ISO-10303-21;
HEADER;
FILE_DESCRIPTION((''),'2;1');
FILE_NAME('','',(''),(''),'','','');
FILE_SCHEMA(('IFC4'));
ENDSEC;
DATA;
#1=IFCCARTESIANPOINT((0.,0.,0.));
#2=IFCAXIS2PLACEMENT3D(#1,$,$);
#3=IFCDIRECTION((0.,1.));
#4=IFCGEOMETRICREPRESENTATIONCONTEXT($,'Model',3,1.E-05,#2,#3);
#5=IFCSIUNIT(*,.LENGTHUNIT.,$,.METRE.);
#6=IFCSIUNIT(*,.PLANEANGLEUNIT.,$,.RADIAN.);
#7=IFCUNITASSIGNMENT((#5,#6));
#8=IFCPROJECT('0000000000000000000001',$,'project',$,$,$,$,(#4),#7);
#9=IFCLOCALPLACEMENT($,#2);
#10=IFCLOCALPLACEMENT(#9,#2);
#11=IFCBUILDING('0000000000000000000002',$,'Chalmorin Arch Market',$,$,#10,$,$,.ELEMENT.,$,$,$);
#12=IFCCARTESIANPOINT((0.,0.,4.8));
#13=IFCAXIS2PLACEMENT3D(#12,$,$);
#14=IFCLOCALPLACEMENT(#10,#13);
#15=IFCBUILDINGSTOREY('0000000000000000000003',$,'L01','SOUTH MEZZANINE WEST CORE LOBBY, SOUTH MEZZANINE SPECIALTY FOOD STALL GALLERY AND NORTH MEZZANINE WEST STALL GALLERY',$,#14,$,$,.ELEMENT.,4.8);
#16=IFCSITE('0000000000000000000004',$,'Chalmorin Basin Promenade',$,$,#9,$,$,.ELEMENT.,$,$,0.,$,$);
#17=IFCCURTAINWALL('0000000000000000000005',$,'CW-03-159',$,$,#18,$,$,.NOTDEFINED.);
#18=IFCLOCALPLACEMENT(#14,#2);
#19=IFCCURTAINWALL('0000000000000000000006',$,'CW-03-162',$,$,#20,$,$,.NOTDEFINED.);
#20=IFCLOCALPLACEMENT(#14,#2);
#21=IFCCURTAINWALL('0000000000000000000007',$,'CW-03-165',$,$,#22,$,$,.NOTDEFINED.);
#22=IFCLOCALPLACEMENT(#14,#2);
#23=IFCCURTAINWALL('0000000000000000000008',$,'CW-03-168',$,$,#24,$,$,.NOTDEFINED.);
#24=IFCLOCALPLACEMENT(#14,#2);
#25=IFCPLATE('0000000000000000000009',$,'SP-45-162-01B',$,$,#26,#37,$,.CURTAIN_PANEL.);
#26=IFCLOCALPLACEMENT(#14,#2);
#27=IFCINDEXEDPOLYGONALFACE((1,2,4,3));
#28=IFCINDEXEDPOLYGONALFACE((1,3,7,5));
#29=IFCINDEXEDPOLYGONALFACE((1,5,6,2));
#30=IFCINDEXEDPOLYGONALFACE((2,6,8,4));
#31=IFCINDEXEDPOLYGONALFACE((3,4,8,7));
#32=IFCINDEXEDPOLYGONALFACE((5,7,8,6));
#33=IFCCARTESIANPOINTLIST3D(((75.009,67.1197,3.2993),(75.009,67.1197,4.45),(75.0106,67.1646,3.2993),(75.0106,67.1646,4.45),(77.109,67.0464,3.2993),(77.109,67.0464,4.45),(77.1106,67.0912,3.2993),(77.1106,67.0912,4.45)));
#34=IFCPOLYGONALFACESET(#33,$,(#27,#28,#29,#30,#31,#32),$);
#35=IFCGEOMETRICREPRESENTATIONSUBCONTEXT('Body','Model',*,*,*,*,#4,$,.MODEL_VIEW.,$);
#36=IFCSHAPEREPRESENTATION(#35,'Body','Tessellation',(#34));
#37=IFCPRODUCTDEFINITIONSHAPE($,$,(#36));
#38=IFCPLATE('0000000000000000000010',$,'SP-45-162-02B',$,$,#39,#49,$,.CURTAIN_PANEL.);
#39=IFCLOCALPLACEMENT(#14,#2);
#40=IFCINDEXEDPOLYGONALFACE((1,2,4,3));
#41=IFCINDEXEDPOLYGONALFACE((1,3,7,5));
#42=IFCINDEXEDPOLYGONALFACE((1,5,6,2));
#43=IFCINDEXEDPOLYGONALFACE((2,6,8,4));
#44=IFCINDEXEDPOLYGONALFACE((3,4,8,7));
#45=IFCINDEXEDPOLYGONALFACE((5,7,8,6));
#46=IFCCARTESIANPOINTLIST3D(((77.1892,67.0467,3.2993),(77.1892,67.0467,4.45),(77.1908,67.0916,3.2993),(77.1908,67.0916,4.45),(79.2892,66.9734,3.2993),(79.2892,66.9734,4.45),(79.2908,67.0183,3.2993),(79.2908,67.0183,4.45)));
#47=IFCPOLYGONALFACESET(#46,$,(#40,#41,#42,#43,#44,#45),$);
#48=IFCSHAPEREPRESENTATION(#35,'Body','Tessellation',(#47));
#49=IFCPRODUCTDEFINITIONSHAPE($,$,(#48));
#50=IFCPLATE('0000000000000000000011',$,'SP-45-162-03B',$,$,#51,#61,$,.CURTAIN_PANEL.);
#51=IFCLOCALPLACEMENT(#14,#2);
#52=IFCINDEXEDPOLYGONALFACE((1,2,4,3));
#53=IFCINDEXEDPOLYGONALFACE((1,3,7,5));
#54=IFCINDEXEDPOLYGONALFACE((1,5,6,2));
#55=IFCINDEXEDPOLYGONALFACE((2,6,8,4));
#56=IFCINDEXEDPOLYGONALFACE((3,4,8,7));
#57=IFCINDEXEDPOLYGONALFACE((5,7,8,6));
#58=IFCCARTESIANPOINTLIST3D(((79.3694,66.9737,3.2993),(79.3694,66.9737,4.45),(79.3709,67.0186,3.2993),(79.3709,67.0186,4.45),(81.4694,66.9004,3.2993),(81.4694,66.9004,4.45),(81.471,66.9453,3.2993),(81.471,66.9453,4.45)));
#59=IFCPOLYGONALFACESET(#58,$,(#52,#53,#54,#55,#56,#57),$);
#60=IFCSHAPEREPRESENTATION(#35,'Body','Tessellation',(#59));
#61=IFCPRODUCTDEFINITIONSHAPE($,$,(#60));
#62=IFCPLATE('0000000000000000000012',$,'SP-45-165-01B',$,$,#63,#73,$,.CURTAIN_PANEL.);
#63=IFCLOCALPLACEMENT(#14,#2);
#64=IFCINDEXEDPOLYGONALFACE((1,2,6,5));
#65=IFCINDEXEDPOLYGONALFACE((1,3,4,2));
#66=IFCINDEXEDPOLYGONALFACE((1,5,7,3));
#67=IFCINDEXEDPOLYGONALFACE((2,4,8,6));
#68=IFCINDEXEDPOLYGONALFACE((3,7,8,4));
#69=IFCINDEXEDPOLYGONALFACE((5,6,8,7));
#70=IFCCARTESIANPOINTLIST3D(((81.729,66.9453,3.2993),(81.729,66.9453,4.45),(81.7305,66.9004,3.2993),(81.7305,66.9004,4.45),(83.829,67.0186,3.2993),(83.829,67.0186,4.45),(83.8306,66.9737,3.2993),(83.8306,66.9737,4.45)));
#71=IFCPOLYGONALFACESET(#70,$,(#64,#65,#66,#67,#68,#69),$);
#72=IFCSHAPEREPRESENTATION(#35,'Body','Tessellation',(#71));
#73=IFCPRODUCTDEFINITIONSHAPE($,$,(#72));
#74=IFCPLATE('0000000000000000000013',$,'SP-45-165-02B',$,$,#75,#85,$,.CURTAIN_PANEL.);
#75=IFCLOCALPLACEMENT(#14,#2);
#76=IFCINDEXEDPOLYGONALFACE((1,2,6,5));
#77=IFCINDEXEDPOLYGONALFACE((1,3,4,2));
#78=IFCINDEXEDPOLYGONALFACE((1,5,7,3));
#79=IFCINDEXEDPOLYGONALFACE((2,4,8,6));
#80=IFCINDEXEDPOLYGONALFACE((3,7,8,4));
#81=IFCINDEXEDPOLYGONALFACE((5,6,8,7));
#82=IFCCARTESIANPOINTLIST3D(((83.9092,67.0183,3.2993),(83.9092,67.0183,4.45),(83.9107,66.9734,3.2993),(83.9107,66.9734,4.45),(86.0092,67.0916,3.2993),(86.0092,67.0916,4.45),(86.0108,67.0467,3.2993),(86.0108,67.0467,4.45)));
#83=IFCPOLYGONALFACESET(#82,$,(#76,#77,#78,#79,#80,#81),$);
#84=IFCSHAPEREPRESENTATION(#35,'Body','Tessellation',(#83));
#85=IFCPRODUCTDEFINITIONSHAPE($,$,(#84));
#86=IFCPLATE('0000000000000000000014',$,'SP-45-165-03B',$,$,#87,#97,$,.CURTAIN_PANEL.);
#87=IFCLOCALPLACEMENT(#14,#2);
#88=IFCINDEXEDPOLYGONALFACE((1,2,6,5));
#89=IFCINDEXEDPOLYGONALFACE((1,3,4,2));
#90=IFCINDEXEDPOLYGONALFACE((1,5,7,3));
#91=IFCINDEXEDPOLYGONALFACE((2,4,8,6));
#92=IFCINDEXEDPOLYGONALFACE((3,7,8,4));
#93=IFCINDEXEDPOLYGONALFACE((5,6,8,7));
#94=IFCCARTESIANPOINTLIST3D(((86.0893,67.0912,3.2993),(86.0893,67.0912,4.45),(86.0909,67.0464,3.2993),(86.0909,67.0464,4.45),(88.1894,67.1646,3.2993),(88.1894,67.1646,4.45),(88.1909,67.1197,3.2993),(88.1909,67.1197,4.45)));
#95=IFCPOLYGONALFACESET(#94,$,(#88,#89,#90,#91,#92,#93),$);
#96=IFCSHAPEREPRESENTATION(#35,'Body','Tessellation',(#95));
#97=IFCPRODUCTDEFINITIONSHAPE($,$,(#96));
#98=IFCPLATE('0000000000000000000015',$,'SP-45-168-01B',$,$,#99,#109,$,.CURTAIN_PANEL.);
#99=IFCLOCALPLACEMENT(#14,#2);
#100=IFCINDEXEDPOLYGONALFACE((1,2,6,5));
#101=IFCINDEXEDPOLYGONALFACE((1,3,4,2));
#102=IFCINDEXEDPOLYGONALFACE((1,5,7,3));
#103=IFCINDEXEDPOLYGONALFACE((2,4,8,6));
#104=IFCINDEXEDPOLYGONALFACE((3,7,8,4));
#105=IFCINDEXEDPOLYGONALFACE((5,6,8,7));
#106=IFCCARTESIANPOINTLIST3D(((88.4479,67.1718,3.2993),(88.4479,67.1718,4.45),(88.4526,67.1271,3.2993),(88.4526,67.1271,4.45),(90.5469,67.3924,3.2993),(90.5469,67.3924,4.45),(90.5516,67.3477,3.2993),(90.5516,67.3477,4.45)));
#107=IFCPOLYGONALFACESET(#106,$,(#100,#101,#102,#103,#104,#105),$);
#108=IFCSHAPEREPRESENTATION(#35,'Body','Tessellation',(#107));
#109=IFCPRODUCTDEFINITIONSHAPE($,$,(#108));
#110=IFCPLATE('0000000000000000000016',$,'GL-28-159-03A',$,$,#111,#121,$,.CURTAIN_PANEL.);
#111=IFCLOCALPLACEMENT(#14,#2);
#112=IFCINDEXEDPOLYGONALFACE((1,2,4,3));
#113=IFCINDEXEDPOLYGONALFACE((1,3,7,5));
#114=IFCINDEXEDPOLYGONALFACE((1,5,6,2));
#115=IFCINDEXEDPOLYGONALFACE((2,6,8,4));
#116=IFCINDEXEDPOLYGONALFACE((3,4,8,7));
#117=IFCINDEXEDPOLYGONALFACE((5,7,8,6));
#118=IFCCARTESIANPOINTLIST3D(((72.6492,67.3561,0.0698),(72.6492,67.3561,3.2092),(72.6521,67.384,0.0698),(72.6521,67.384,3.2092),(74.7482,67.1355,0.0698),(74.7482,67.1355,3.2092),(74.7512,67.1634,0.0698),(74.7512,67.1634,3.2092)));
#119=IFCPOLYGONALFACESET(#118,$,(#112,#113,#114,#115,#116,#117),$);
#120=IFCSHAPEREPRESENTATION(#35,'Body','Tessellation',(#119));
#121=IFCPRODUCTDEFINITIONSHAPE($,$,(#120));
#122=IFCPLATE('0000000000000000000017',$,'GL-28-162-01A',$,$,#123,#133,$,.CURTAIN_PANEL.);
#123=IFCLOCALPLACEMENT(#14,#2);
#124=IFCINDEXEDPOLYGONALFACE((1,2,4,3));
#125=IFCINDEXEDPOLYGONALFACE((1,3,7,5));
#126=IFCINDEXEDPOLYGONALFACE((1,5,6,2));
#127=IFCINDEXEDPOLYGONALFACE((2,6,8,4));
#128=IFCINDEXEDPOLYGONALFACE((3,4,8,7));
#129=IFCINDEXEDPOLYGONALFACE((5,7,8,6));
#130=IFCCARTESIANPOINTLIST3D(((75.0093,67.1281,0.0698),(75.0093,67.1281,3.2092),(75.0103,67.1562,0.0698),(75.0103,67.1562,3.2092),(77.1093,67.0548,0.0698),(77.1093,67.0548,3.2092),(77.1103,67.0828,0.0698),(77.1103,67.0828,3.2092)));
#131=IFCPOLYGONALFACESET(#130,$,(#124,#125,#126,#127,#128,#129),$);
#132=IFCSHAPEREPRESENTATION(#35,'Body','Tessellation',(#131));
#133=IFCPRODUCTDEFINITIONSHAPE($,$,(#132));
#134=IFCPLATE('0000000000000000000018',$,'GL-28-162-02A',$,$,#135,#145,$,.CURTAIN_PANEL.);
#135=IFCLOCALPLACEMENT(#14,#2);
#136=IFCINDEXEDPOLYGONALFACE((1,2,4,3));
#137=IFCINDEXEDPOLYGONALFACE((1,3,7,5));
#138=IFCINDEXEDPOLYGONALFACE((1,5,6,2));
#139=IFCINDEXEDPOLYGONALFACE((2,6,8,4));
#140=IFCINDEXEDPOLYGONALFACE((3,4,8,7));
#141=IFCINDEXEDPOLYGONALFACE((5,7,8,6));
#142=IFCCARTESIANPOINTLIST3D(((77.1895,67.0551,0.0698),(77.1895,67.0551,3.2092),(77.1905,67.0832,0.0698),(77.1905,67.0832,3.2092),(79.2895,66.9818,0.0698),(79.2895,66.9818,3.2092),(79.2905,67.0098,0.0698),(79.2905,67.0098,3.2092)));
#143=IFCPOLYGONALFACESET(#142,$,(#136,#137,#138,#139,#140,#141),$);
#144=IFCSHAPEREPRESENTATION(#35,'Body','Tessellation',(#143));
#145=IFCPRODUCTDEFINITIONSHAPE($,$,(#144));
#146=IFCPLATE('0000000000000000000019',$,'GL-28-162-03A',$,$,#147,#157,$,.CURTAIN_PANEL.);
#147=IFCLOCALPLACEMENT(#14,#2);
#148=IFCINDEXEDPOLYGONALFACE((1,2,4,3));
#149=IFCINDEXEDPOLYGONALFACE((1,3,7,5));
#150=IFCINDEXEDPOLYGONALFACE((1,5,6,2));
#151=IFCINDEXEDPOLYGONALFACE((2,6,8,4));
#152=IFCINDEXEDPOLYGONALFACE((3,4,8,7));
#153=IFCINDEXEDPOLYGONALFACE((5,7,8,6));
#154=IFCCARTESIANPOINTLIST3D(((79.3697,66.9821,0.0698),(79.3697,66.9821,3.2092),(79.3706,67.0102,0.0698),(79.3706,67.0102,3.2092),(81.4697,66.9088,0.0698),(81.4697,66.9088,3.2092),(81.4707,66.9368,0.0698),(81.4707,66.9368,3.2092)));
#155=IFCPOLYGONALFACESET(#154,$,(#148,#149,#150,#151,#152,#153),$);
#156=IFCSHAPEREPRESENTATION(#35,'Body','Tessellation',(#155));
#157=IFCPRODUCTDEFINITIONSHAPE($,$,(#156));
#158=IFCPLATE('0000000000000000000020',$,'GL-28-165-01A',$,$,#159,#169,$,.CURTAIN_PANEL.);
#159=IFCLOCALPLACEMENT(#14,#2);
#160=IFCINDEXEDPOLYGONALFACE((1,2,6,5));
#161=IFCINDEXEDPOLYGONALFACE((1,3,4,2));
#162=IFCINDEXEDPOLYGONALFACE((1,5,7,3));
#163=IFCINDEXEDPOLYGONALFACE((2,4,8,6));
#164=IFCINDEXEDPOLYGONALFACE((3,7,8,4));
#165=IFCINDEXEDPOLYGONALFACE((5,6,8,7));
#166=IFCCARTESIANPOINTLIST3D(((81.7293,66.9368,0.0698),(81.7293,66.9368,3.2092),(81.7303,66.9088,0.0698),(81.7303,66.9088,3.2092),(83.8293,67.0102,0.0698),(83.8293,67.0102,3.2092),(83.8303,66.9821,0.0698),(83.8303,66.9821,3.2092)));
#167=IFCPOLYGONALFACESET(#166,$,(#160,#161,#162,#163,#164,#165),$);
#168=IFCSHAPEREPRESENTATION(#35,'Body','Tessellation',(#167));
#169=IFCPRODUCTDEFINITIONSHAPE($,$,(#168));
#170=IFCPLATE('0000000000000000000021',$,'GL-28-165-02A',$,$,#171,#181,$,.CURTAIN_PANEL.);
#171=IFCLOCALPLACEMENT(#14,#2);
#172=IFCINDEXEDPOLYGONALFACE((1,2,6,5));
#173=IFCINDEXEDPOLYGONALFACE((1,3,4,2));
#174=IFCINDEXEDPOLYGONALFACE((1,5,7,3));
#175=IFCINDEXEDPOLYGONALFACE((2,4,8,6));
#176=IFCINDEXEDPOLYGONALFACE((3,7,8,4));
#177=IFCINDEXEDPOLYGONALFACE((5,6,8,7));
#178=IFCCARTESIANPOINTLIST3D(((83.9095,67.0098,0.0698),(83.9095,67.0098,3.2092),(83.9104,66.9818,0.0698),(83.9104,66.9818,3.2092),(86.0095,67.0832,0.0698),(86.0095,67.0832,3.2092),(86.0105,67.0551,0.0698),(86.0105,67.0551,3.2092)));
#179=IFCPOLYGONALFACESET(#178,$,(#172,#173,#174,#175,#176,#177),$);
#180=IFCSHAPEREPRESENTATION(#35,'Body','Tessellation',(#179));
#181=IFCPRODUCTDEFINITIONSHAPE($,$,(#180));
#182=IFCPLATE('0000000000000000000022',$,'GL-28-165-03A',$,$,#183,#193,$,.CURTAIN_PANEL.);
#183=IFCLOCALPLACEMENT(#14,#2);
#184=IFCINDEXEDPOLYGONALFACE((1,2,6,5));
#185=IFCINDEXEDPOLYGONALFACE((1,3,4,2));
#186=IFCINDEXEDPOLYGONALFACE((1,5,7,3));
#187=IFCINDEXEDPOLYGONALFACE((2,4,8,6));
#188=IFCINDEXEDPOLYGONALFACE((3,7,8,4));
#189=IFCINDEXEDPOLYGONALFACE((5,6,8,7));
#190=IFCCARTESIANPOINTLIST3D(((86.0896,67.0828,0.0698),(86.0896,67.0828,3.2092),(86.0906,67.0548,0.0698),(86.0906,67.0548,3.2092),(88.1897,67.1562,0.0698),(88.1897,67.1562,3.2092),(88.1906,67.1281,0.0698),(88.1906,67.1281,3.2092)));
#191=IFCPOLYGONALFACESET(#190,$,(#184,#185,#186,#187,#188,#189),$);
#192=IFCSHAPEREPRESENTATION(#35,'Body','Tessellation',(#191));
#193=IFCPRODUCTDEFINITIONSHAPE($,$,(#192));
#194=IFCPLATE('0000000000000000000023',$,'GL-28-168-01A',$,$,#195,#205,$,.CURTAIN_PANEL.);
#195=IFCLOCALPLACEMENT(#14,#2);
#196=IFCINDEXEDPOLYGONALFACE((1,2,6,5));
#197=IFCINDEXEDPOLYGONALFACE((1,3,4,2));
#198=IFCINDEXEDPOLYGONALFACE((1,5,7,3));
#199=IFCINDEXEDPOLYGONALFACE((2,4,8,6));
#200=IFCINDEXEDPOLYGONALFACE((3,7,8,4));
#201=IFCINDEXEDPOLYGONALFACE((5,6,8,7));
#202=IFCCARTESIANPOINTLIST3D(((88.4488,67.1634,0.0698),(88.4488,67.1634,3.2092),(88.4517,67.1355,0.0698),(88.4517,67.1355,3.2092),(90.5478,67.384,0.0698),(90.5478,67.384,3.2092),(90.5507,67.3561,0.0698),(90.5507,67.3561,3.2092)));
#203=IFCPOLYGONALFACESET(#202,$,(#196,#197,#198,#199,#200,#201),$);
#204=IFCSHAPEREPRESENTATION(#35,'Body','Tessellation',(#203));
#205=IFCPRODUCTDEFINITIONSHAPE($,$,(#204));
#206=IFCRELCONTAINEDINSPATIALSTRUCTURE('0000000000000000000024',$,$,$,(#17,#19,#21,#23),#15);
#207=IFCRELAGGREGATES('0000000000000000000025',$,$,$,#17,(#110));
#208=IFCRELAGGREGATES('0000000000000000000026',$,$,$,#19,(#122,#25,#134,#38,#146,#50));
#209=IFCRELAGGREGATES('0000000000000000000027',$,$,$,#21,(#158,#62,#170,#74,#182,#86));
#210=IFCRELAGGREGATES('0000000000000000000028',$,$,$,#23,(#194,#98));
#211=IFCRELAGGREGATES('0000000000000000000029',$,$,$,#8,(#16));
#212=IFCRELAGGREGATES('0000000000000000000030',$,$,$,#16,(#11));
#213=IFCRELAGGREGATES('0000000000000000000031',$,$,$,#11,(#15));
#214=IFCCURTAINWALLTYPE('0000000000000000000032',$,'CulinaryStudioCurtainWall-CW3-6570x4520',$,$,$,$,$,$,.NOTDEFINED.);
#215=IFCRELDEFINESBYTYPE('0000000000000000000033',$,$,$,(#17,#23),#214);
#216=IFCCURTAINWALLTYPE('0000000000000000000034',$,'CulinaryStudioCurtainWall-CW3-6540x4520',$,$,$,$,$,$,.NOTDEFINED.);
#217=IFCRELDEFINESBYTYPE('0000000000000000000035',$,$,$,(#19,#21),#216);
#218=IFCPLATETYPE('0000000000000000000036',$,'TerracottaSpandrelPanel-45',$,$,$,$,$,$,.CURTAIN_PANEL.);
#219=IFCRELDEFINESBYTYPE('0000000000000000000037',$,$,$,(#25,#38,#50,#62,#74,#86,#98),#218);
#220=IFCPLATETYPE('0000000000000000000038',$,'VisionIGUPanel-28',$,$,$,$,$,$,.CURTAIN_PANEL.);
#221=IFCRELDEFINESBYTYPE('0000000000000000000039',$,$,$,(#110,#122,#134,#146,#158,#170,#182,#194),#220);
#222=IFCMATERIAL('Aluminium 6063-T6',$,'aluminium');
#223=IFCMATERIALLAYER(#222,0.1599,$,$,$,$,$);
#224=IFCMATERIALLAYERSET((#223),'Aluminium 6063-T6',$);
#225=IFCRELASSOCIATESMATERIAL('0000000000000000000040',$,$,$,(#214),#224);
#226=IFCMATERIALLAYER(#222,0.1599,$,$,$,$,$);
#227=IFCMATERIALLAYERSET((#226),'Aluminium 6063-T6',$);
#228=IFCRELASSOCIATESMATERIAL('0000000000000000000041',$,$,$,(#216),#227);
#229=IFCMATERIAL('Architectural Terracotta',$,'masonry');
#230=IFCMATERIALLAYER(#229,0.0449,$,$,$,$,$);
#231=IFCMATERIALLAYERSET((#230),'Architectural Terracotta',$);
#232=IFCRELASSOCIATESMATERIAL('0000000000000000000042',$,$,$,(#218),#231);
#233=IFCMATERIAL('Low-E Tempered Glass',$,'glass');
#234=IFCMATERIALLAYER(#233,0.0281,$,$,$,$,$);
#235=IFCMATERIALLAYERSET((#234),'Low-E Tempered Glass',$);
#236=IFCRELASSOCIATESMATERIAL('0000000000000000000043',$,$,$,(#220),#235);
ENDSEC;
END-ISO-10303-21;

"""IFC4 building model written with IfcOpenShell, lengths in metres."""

from ifc_helpers import new_model, si_unit, direction, frame, origin, origin_2d, place, context, subcontext, project, spatial, rectangle, extrude, material, layer, layer_set, type_object, element, aggregate, save


model = new_model("IFC4")

# Units and contexts
model_context = context("Model", 3, precision=1e-05, world=origin(), true_north=direction((0.0, 1.0)))
body_context = subcontext(model_context, "Body", "Model", "MODEL_VIEW")
ifc_project = project(units=[si_unit("LENGTHUNIT", "METRE"), si_unit("PLANEANGLEUNIT", "RADIAN")], contexts=[model_context])

# Site, building, storey
site_placement = place(None, origin())
site = spatial("IfcSite", under=ifc_project, at=site_placement, Name="Chalmorin Basin Promenade", CompositionType="ELEMENT", RefElevation=0.0)
building_placement = place(site_placement, origin())
building = spatial("IfcBuilding", under=site, at=building_placement, Name="Chalmorin Arch Market", CompositionType="ELEMENT")
storey_placement = place(building_placement, frame((0.0, 0.0, 4.8)))
storey = spatial("IfcBuildingStorey", under=building, at=storey_placement, Name="L01", Description="SOUTH MEZZANINE WEST CORE LOBBY, SOUTH MEZZANINE SPECIALTY FOOD STALL GALLERY AND NORTH MEZZANINE WEST STALL GALLERY", CompositionType="ELEMENT", Elevation=4.8)

# Curtain walls
ifc_material_1 = material(Name="Aluminium 6063-T6", Category="aluminium")
ifc_layer_1 = layer(ifc_material_1, 0.1599)
ifc_layer_set_1 = layer_set([ifc_layer_1], Name="Aluminium 6063-T6")
curtain_wall_type_1 = type_object("IfcCurtainWallType", Name="CulinaryStudioCurtainWall-CW3-6570x4520", PredefinedType="NOTDEFINED", material=ifc_layer_set_1)
curtain_wall_1_placement = place(storey_placement, origin())
curtain_wall_1 = element("IfcCurtainWall", 1, at=curtain_wall_1_placement, inside=storey, type_object=curtain_wall_type_1, Name="CW-03-159", PredefinedType="NOTDEFINED")
ifc_layer_2 = layer(ifc_material_1, 0.1599)
ifc_layer_set_2 = layer_set([ifc_layer_2], Name="Aluminium 6063-T6")
curtain_wall_type_2 = type_object("IfcCurtainWallType", Name="CulinaryStudioCurtainWall-CW3-6540x4520", PredefinedType="NOTDEFINED", material=ifc_layer_set_2)
curtain_wall_2_placement = place(storey_placement, origin())
curtain_wall_2 = element("IfcCurtainWall", 2, at=curtain_wall_2_placement, inside=storey, type_object=curtain_wall_type_2, Name="CW-03-162", PredefinedType="NOTDEFINED")
curtain_wall_3_placement = place(storey_placement, origin())
curtain_wall_3 = element("IfcCurtainWall", 3, at=curtain_wall_3_placement, inside=storey, type_object=curtain_wall_type_2, Name="CW-03-165", PredefinedType="NOTDEFINED")
curtain_wall_4_placement = place(storey_placement, origin())
curtain_wall_4 = element("IfcCurtainWall", 4, at=curtain_wall_4_placement, inside=storey, type_object=curtain_wall_type_1, Name="CW-03-168", PredefinedType="NOTDEFINED")

# Plates
ifc_material_2 = material(Name="Architectural Terracotta", Category="masonry")
ifc_layer_3 = layer(ifc_material_2, 0.0449)
ifc_layer_set_3 = layer_set([ifc_layer_3], Name="Architectural Terracotta")
plate_type_1 = type_object("IfcPlateType", Name="TerracottaSpandrelPanel-45", PredefinedType="CURTAIN_PANEL", material=ifc_layer_set_3)
plate_1_placement = place(storey_placement, frame((76.0598, 67.1055, 3.2993), z_axis=(0.0, 0.0, 1.0), x_axis=(0.999391, -0.034899, 0.0)))
plate_1 = element("IfcPlate", 5, at=plate_1_placement, type_object=plate_type_1, Name="SP-45-162-01B", PredefinedType="CURTAIN_PANEL", context=body_context, shape_type="SweptSolid", body=[
    extrude(rectangle(XDim=2.1013, YDim=0.0449, at=origin_2d()), origin(), (0.0, 0.0, 1.0), 1.1506),
])
plate_2_placement = place(storey_placement, frame((78.24, 67.0325, 3.2993), z_axis=(0.0, 0.0, 1.0), x_axis=(0.999391, -0.034899, 0.0)))
plate_2 = element("IfcPlate", 6, at=plate_2_placement, type_object=plate_type_1, Name="SP-45-162-02B", PredefinedType="CURTAIN_PANEL", context=body_context, shape_type="SweptSolid", body=[
    extrude(rectangle(XDim=2.1013, YDim=0.0449, at=origin_2d()), origin(), (0.0, 0.0, 1.0), 1.1506),
])
plate_3_placement = place(storey_placement, frame((80.4202, 66.9595, 3.2993), z_axis=(0.0, 0.0, 1.0), x_axis=(0.999391, -0.034899, 0.0)))
plate_3 = element("IfcPlate", 7, at=plate_3_placement, type_object=plate_type_1, Name="SP-45-162-03B", PredefinedType="CURTAIN_PANEL", context=body_context, shape_type="SweptSolid", body=[
    extrude(rectangle(XDim=2.1013, YDim=0.0449, at=origin_2d()), origin(), (0.0, 0.0, 1.0), 1.1506),
])
plate_4_placement = place(storey_placement, frame((82.7798, 66.9595, 3.2993), z_axis=(0.0, 0.0, 1.0), x_axis=(0.999391, 0.034899, 0.0)))
plate_4 = element("IfcPlate", 8, at=plate_4_placement, type_object=plate_type_1, Name="SP-45-165-01B", PredefinedType="CURTAIN_PANEL", context=body_context, shape_type="SweptSolid", body=[
    extrude(rectangle(XDim=2.1013, YDim=0.0449, at=origin_2d()), origin(), (0.0, 0.0, 1.0), 1.1506),
])
plate_5_placement = place(storey_placement, frame((84.96, 67.0325, 3.2993), z_axis=(0.0, 0.0, 1.0), x_axis=(0.999391, 0.034899, 0.0)))
plate_5 = element("IfcPlate", 9, at=plate_5_placement, type_object=plate_type_1, Name="SP-45-165-02B", PredefinedType="CURTAIN_PANEL", context=body_context, shape_type="SweptSolid", body=[
    extrude(rectangle(XDim=2.1013, YDim=0.0449, at=origin_2d()), origin(), (0.0, 0.0, 1.0), 1.1506),
])
plate_6_placement = place(storey_placement, frame((87.1401, 67.1055, 3.2993), z_axis=(0.0, 0.0, 1.0), x_axis=(0.999391, 0.034899, 0.0)))
plate_6 = element("IfcPlate", 10, at=plate_6_placement, type_object=plate_type_1, Name="SP-45-165-03B", PredefinedType="CURTAIN_PANEL", context=body_context, shape_type="SweptSolid", body=[
    extrude(rectangle(XDim=2.1013, YDim=0.0449, at=origin_2d()), origin(), (0.0, 0.0, 1.0), 1.1506),
])
plate_7_placement = place(storey_placement, frame((89.4998, 67.2598, 3.2993), z_axis=(0.0, 0.0, 1.0), x_axis=(0.994522, 0.104528, 0.0)))
plate_7 = element("IfcPlate", 11, at=plate_7_placement, type_object=plate_type_1, Name="SP-45-168-01B", PredefinedType="CURTAIN_PANEL", context=body_context, shape_type="SweptSolid", body=[
    extrude(rectangle(XDim=2.1106, YDim=0.0449, at=origin_2d()), origin(), (0.0, 0.0, 1.0), 1.1506),
])
ifc_material_3 = material(Name="Low-E Tempered Glass", Category="glass")
ifc_layer_4 = layer(ifc_material_3, 0.0281)
ifc_layer_set_4 = layer_set([ifc_layer_4], Name="Low-E Tempered Glass")
plate_type_2 = type_object("IfcPlateType", Name="VisionIGUPanel-28", PredefinedType="CURTAIN_PANEL", material=ifc_layer_set_4)
plate_8_placement = place(storey_placement, frame((73.7002, 67.2598, 0.0698), z_axis=(0.0, 0.0, 1.0), x_axis=(0.994522, -0.104528, 0.0)))
plate_8 = element("IfcPlate", 12, at=plate_8_placement, type_object=plate_type_2, Name="GL-28-159-03A", PredefinedType="CURTAIN_PANEL", context=body_context, shape_type="SweptSolid", body=[
    extrude(rectangle(XDim=2.1106, YDim=0.0281, at=origin_2d()), origin(), (0.0, 0.0, 1.0), 3.1394),
])
aggregate(curtain_wall_1, [plate_8])
plate_9_placement = place(storey_placement, frame((76.0598, 67.1055, 0.0698), z_axis=(0.0, 0.0, 1.0), x_axis=(0.999391, -0.034899, 0.0)))
plate_9 = element("IfcPlate", 13, at=plate_9_placement, type_object=plate_type_2, Name="GL-28-162-01A", PredefinedType="CURTAIN_PANEL", context=body_context, shape_type="SweptSolid", body=[
    extrude(rectangle(XDim=2.1013, YDim=0.0281, at=origin_2d()), origin(), (0.0, 0.0, 1.0), 3.1394),
])
plate_10_placement = place(storey_placement, frame((78.24, 67.0325, 0.0698), z_axis=(0.0, 0.0, 1.0), x_axis=(0.999391, -0.034899, 0.0)))
plate_10 = element("IfcPlate", 14, at=plate_10_placement, type_object=plate_type_2, Name="GL-28-162-02A", PredefinedType="CURTAIN_PANEL", context=body_context, shape_type="SweptSolid", body=[
    extrude(rectangle(XDim=2.1013, YDim=0.0281, at=origin_2d()), origin(), (0.0, 0.0, 1.0), 3.1394),
])
plate_11_placement = place(storey_placement, frame((80.4202, 66.9595, 0.0698), z_axis=(0.0, 0.0, 1.0), x_axis=(0.999391, -0.034899, 0.0)))
plate_11 = element("IfcPlate", 15, at=plate_11_placement, type_object=plate_type_2, Name="GL-28-162-03A", PredefinedType="CURTAIN_PANEL", context=body_context, shape_type="SweptSolid", body=[
    extrude(rectangle(XDim=2.1013, YDim=0.0281, at=origin_2d()), origin(), (0.0, 0.0, 1.0), 3.1394),
])
aggregate(curtain_wall_2, [plate_9, plate_1, plate_10, plate_2, plate_11, plate_3])
plate_12_placement = place(storey_placement, frame((82.7798, 66.9595, 0.0698), z_axis=(0.0, 0.0, 1.0), x_axis=(0.999391, 0.034899, 0.0)))
plate_12 = element("IfcPlate", 16, at=plate_12_placement, type_object=plate_type_2, Name="GL-28-165-01A", PredefinedType="CURTAIN_PANEL", context=body_context, shape_type="SweptSolid", body=[
    extrude(rectangle(XDim=2.1013, YDim=0.0281, at=origin_2d()), origin(), (0.0, 0.0, 1.0), 3.1394),
])
plate_13_placement = place(storey_placement, frame((84.96, 67.0325, 0.0698), z_axis=(0.0, 0.0, 1.0), x_axis=(0.999391, 0.034899, 0.0)))
plate_13 = element("IfcPlate", 17, at=plate_13_placement, type_object=plate_type_2, Name="GL-28-165-02A", PredefinedType="CURTAIN_PANEL", context=body_context, shape_type="SweptSolid", body=[
    extrude(rectangle(XDim=2.1013, YDim=0.0281, at=origin_2d()), origin(), (0.0, 0.0, 1.0), 3.1394),
])
plate_14_placement = place(storey_placement, frame((87.1401, 67.1055, 0.0698), z_axis=(0.0, 0.0, 1.0), x_axis=(0.999391, 0.034899, 0.0)))
plate_14 = element("IfcPlate", 18, at=plate_14_placement, type_object=plate_type_2, Name="GL-28-165-03A", PredefinedType="CURTAIN_PANEL", context=body_context, shape_type="SweptSolid", body=[
    extrude(rectangle(XDim=2.1013, YDim=0.0281, at=origin_2d()), origin(), (0.0, 0.0, 1.0), 3.1394),
])
aggregate(curtain_wall_3, [plate_12, plate_4, plate_13, plate_5, plate_14, plate_6])
plate_15_placement = place(storey_placement, frame((89.4998, 67.2598, 0.0698), z_axis=(0.0, 0.0, 1.0), x_axis=(0.994522, 0.104528, 0.0)))
plate_15 = element("IfcPlate", 19, at=plate_15_placement, type_object=plate_type_2, Name="GL-28-168-01A", PredefinedType="CURTAIN_PANEL", context=body_context, shape_type="SweptSolid", body=[
    extrude(rectangle(XDim=2.1106, YDim=0.0281, at=origin_2d()), origin(), (0.0, 0.0, 1.0), 3.1394),
])
aggregate(curtain_wall_4, [plate_15, plate_7])

save(model, "model.ifc")
